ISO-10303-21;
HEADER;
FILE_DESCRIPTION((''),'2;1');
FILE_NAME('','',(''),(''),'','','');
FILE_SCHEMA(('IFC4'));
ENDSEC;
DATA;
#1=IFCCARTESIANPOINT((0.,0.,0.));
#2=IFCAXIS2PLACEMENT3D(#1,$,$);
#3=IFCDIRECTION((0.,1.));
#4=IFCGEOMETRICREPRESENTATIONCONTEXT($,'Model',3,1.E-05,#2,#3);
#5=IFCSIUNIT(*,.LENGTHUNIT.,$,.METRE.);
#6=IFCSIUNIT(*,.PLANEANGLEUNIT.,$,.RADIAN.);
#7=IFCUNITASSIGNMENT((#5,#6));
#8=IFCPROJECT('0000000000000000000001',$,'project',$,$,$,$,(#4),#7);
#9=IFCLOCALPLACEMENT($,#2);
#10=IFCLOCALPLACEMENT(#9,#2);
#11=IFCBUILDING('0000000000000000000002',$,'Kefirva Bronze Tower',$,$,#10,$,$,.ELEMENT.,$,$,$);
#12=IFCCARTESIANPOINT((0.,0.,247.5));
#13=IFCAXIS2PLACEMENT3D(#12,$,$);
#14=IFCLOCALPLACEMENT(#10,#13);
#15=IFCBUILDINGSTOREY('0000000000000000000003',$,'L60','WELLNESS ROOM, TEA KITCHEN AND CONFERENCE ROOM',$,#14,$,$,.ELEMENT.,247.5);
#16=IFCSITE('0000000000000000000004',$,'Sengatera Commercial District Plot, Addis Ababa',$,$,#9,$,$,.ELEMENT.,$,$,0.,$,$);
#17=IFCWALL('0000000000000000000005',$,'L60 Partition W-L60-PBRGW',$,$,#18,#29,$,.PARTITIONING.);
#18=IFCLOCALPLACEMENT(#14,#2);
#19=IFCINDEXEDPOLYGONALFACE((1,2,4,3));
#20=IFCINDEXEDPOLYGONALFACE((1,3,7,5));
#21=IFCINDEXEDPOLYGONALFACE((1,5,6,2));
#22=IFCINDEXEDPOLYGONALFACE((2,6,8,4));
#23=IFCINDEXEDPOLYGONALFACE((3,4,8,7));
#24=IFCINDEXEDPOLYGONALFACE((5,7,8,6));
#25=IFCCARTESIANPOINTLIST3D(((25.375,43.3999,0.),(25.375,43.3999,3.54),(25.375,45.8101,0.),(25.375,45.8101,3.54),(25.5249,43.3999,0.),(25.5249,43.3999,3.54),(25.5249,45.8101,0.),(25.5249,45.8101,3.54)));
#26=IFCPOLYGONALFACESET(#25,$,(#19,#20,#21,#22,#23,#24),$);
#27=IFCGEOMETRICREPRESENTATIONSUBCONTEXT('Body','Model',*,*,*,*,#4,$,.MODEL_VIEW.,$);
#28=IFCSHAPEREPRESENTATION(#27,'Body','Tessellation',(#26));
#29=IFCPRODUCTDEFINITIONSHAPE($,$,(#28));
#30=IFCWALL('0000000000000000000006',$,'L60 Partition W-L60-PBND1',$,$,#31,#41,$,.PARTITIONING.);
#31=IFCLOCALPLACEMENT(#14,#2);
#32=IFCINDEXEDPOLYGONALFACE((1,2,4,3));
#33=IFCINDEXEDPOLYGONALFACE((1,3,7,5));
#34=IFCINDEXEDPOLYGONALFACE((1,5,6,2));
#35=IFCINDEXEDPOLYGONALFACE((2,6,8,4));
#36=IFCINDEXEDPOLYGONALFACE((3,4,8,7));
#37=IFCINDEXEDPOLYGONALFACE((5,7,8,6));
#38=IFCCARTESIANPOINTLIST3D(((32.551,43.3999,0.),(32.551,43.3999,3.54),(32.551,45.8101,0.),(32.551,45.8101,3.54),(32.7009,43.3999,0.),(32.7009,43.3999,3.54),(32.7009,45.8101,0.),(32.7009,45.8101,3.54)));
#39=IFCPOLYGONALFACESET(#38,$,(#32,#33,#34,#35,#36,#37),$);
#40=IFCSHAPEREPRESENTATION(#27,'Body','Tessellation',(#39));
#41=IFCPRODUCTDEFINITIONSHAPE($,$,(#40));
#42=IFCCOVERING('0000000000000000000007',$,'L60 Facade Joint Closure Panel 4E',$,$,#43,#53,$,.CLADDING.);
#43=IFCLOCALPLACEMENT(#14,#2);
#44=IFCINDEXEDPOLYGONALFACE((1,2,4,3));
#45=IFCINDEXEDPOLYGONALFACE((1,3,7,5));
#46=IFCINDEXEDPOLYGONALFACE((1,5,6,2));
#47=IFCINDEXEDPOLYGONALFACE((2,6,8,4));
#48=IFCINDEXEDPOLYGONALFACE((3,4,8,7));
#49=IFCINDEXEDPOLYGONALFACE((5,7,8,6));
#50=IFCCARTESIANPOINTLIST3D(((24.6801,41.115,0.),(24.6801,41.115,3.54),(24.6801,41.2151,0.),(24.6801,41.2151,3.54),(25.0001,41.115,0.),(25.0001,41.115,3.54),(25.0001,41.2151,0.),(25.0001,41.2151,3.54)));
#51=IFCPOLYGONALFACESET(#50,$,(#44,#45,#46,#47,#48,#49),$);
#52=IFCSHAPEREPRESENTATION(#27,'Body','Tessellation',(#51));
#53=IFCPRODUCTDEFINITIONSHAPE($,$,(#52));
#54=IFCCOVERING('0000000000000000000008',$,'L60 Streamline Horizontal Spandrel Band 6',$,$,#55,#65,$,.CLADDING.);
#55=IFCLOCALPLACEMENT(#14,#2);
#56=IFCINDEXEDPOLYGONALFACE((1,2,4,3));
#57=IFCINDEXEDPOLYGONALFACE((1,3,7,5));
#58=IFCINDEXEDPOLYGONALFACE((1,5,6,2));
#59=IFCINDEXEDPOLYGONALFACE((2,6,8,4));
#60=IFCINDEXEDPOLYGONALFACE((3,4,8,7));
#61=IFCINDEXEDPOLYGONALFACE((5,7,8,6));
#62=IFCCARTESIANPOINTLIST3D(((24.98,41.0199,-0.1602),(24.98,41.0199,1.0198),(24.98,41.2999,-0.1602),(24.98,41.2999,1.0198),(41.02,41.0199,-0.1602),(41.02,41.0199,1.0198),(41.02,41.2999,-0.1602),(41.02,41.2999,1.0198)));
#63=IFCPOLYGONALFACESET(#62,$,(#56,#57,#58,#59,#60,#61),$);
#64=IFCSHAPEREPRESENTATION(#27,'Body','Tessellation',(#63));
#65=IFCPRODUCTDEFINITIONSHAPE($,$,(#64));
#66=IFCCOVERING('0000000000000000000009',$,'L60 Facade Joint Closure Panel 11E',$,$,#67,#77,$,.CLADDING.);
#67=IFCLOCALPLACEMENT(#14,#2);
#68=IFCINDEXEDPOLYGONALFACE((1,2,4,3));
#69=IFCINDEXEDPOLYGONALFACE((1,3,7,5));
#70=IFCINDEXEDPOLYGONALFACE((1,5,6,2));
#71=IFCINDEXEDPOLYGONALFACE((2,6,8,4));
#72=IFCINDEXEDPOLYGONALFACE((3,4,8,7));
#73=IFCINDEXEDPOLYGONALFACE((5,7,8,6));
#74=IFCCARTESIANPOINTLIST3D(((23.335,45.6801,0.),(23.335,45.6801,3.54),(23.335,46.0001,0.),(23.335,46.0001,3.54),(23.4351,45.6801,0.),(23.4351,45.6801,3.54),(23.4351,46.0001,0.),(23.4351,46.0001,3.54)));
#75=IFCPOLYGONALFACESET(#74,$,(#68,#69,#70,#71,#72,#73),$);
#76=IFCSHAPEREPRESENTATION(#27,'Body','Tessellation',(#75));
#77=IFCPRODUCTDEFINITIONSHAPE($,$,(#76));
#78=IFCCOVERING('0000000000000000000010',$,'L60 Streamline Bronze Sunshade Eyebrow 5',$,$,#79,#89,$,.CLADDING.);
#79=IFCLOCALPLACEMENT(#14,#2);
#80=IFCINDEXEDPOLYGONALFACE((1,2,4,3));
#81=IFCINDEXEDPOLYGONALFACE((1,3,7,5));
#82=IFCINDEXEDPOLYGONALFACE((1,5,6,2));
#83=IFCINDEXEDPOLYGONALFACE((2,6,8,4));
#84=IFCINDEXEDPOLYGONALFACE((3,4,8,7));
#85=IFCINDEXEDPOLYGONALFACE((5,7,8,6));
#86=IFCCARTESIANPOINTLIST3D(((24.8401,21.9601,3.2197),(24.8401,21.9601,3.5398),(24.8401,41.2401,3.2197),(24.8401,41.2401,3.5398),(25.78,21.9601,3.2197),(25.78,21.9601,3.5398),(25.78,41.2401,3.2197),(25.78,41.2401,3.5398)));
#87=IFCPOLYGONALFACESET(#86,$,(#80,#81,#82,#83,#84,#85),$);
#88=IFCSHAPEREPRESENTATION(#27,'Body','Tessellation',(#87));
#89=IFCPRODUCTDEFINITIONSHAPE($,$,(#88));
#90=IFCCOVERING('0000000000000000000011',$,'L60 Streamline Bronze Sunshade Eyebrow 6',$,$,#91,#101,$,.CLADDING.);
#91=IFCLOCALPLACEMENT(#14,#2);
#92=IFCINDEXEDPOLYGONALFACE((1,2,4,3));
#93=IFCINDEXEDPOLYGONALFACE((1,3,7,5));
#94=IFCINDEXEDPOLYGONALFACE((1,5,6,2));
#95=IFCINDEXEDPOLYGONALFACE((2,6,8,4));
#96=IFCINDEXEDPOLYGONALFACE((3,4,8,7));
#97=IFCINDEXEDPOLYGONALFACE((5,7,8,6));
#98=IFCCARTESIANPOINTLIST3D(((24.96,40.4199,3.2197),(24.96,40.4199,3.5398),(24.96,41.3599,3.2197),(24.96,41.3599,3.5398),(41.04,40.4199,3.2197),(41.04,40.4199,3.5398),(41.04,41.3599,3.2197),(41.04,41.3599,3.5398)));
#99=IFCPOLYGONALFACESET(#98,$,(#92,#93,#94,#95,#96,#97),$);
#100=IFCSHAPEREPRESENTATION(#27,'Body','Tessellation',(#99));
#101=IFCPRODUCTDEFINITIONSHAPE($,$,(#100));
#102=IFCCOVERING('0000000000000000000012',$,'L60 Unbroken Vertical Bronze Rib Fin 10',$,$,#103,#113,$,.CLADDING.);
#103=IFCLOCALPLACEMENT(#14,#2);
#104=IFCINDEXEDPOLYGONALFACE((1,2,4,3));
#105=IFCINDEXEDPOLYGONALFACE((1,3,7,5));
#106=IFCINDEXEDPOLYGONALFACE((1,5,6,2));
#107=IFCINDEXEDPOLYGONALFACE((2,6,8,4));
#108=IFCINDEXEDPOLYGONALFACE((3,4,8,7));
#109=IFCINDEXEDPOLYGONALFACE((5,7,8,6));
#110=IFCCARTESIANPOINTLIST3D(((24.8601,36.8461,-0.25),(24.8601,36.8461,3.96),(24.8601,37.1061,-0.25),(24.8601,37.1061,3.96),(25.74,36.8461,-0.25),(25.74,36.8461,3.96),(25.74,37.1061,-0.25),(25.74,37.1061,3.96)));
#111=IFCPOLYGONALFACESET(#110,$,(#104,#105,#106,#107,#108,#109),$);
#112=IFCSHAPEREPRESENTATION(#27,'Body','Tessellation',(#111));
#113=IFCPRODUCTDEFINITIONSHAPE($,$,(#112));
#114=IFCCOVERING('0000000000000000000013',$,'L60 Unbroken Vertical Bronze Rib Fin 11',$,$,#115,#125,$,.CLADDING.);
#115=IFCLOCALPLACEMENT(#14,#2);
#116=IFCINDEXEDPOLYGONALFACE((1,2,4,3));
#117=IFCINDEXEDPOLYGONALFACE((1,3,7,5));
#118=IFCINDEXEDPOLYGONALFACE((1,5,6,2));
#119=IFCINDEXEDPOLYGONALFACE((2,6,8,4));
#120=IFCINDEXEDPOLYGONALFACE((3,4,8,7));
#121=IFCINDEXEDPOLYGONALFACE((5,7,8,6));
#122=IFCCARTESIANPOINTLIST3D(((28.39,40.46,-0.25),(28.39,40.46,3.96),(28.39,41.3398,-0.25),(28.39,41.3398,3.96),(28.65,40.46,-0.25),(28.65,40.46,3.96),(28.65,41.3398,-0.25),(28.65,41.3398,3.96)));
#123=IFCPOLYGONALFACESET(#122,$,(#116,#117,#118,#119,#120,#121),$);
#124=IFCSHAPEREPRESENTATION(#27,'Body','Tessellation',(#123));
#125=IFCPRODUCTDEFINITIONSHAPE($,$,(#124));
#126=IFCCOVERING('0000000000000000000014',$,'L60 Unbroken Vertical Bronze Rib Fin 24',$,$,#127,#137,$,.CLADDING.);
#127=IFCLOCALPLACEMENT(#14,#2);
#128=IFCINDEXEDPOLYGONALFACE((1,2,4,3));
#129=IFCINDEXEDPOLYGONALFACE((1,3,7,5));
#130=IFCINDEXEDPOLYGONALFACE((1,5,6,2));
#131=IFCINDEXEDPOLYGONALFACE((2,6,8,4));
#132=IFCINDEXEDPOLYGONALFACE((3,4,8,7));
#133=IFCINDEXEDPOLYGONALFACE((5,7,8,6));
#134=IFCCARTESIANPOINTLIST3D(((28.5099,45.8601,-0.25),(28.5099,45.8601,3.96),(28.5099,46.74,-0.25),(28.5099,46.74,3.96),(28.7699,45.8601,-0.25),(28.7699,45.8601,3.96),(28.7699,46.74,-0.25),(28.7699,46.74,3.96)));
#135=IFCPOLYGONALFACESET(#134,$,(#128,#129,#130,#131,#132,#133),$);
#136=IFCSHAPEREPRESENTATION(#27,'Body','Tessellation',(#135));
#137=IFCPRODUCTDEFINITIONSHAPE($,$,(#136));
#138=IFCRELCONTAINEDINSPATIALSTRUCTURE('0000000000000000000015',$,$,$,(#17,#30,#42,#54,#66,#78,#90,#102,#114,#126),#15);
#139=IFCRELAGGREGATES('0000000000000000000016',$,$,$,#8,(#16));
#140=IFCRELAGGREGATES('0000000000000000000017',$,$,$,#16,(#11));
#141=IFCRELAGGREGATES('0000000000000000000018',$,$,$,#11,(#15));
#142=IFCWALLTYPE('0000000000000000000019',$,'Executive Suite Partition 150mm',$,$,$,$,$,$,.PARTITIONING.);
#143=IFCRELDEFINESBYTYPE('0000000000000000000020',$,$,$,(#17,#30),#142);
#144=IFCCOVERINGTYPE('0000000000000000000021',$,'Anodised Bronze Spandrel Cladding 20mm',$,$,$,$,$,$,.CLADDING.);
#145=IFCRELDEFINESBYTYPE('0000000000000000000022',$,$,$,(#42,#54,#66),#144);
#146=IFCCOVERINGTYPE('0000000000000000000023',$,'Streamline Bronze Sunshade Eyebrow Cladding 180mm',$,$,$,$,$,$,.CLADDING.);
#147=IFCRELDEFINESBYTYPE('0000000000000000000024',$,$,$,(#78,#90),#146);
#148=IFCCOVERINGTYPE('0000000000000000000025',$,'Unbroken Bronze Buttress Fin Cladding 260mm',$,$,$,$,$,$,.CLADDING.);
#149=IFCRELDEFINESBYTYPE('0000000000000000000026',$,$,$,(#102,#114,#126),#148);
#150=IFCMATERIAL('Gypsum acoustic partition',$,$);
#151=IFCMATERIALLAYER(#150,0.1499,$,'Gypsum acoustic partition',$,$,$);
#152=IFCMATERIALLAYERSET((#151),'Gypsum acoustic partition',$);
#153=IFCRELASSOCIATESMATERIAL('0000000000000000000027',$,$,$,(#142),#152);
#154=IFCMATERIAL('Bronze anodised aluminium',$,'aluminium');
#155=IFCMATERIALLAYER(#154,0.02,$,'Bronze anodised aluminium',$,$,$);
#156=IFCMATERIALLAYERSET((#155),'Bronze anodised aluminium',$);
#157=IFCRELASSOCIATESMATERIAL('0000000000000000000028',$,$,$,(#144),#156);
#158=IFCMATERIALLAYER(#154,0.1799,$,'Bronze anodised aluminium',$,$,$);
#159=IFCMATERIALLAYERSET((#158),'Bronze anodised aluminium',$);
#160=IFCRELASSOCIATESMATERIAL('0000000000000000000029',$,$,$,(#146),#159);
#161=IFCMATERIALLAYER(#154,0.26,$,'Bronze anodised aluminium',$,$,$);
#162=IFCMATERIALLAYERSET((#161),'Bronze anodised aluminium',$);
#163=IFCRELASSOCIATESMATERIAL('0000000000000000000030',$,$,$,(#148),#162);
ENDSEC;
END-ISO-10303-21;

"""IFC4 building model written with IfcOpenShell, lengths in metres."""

from ifc_helpers import new_model, si_unit, direction, frame, frame_2d, origin, origin_2d, place, context, subcontext, project, spatial, rectangle, extrude, material, layer, layer_set, type_object, element, save


model = new_model("IFC4")

# Units and contexts
model_context = context("Model", 3, precision=1e-05, world=origin(), true_north=direction((0.0, 1.0)))
body_context = subcontext(model_context, "Body", "Model", "MODEL_VIEW")
ifc_project = project(units=[si_unit("LENGTHUNIT", "METRE"), si_unit("PLANEANGLEUNIT", "RADIAN")], contexts=[model_context])

# Site, building, storey
site_placement = place(None, origin())
site = spatial("IfcSite", under=ifc_project, at=site_placement, Name="Sengatera Commercial District Plot, Addis Ababa", CompositionType="ELEMENT", RefElevation=0.0)
building_placement = place(site_placement, origin())
building = spatial("IfcBuilding", under=site, at=building_placement, Name="Kefirva Bronze Tower", CompositionType="ELEMENT")
storey_placement = place(building_placement, frame((0.0, 0.0, 247.5)))
storey = spatial("IfcBuildingStorey", under=building, at=storey_placement, Name="L60", Description="WELLNESS ROOM, TEA KITCHEN AND CONFERENCE ROOM", CompositionType="ELEMENT", Elevation=247.5)

# Shared definitions
ifc_material_1 = material(Name="Bronze anodised aluminium", Category="aluminium")

# Shared definitions
ifc_material_2 = material(Name="Gypsum acoustic partition")
ifc_layer_1 = layer(ifc_material_2, 0.1499, Name="Gypsum acoustic partition")
ifc_layer_set_1 = layer_set([ifc_layer_1], Name="Gypsum acoustic partition")
wall_type = type_object("IfcWallType", Name="Executive Suite Partition 150mm", PredefinedType="PARTITIONING", material=ifc_layer_set_1)

# Walls
for number, where, z_axis, x_axis, name in (
    (1, (25.45, 43.3999, 0.0), (0.0, 0.0, 1.0), (0.0, 1.0, 0.0), "L60 Partition W-L60-PBRGW"),
    (2, (32.626, 43.3999, 0.0), (0.0, 0.0, 1.0), (0.0, 1.0, 0.0), "L60 Partition W-L60-PBND1"),
):
    element("IfcWall", number, at=place(storey_placement, frame(where, z_axis=z_axis, x_axis=x_axis)), inside=storey, type_object=wall_type, Name=name, PredefinedType="PARTITIONING", context=body_context, shape_type="SweptSolid", body=[
        extrude(rectangle(XDim=2.4102, YDim=0.1499, at=frame_2d((1.2051, 0.0))), origin(), (0.0, 0.0, 1.0), 3.54),
    ])

# Coverings
ifc_layer_2 = layer(ifc_material_1, 0.02, Name="Bronze anodised aluminium")
ifc_layer_set_2 = layer_set([ifc_layer_2], Name="Bronze anodised aluminium")
covering_type_1 = type_object("IfcCoveringType", Name="Anodised Bronze Spandrel Cladding 20mm", PredefinedType="CLADDING", material=ifc_layer_set_2)
covering_1_placement = place(storey_placement, frame((24.8401, 41.165, 0.0), z_axis=(0.0, 0.0, 1.0), x_axis=(0.0, 1.0, 0.0)))
element("IfcCovering", 3, at=covering_1_placement, inside=storey, type_object=covering_type_1, Name="L60 Facade Joint Closure Panel 4E", PredefinedType="CLADDING", context=body_context, shape_type="SweptSolid", body=[
    extrude(rectangle(XDim=0.1001, YDim=0.3201, at=origin_2d()), origin(), (0.0, 0.0, 1.0), 3.54),
])
covering_2_placement = place(storey_placement, frame((33.0, 41.1599, -0.1602), z_axis=(0.0, 0.0, 1.0), x_axis=(1.0, 0.0, 0.0)))
element("IfcCovering", 4, at=covering_2_placement, inside=storey, type_object=covering_type_1, Name="L60 Streamline Horizontal Spandrel Band 6", PredefinedType="CLADDING", context=body_context, shape_type="SweptSolid", body=[
    extrude(rectangle(XDim=16.04, YDim=0.28, at=origin_2d()), origin(), (0.0, 0.0, 1.0), 1.1799),
])
covering_3_placement = place(storey_placement, frame((23.385, 45.8401, 0.0), z_axis=(0.0, 0.0, 1.0), x_axis=(-1.0, 0.0, 0.0)))
element("IfcCovering", 5, at=covering_3_placement, inside=storey, type_object=covering_type_1, Name="L60 Facade Joint Closure Panel 11E", PredefinedType="CLADDING", context=body_context, shape_type="SweptSolid", body=[
    extrude(rectangle(XDim=0.1001, YDim=0.3201, at=origin_2d()), origin(), (0.0, 0.0, 1.0), 3.54),
])
ifc_layer_3 = layer(ifc_material_1, 0.1799, Name="Bronze anodised aluminium")
ifc_layer_set_3 = layer_set([ifc_layer_3], Name="Bronze anodised aluminium")
covering_type_2 = type_object("IfcCoveringType", Name="Streamline Bronze Sunshade Eyebrow Cladding 180mm", PredefinedType="CLADDING", material=ifc_layer_set_3)
covering_4_placement = place(storey_placement, frame((25.3101, 31.6001, 3.2197), z_axis=(0.0, 0.0, 1.0), x_axis=(0.0, 1.0, 0.0)))
element("IfcCovering", 6, at=covering_4_placement, inside=storey, type_object=covering_type_2, Name="L60 Streamline Bronze Sunshade Eyebrow 5", PredefinedType="CLADDING", context=body_context, shape_type="SweptSolid", body=[
    extrude(rectangle(XDim=19.28, YDim=0.9399, at=origin_2d()), origin(), (0.0, 0.0, 1.0), 0.3201),
])
covering_5_placement = place(storey_placement, frame((33.0, 40.8899, 3.2197), z_axis=(0.0, 0.0, 1.0), x_axis=(1.0, 0.0, 0.0)))
element("IfcCovering", 7, at=covering_5_placement, inside=storey, type_object=covering_type_2, Name="L60 Streamline Bronze Sunshade Eyebrow 6", PredefinedType="CLADDING", context=body_context, shape_type="SweptSolid", body=[
    extrude(rectangle(XDim=16.0801, YDim=0.9399, at=origin_2d()), origin(), (0.0, 0.0, 1.0), 0.3201),
])
ifc_layer_4 = layer(ifc_material_1, 0.26, Name="Bronze anodised aluminium")
ifc_layer_set_4 = layer_set([ifc_layer_4], Name="Bronze anodised aluminium")
covering_type_3 = type_object("IfcCoveringType", Name="Unbroken Bronze Buttress Fin Cladding 260mm", PredefinedType="CLADDING", material=ifc_layer_set_4)
for number, where, z_axis, x_axis, name in (
    (8, (25.3, 36.9761, -0.25), (0.0, 0.0, 1.0), (0.0, 1.0, 0.0), "L60 Unbroken Vertical Bronze Rib Fin 10"),
    (9, (28.52, 40.8999, -0.25), (0.0, 0.0, 1.0), (1.0, 0.0, 0.0), "L60 Unbroken Vertical Bronze Rib Fin 11"),
    (10, (28.6399, 46.3, -0.25), (0.0, 0.0, 1.0), (-1.0, 0.0, 0.0), "L60 Unbroken Vertical Bronze Rib Fin 24"),
):
    element("IfcCovering", number, at=place(storey_placement, frame(where, z_axis=z_axis, x_axis=x_axis)), inside=storey, type_object=covering_type_3, Name=name, PredefinedType="CLADDING", context=body_context, shape_type="SweptSolid", body=[
        extrude(rectangle(XDim=0.26, YDim=0.8799, at=origin_2d()), origin(), (0.0, 0.0, 1.0), 4.21),
    ])

save(model, "model.ifc")
